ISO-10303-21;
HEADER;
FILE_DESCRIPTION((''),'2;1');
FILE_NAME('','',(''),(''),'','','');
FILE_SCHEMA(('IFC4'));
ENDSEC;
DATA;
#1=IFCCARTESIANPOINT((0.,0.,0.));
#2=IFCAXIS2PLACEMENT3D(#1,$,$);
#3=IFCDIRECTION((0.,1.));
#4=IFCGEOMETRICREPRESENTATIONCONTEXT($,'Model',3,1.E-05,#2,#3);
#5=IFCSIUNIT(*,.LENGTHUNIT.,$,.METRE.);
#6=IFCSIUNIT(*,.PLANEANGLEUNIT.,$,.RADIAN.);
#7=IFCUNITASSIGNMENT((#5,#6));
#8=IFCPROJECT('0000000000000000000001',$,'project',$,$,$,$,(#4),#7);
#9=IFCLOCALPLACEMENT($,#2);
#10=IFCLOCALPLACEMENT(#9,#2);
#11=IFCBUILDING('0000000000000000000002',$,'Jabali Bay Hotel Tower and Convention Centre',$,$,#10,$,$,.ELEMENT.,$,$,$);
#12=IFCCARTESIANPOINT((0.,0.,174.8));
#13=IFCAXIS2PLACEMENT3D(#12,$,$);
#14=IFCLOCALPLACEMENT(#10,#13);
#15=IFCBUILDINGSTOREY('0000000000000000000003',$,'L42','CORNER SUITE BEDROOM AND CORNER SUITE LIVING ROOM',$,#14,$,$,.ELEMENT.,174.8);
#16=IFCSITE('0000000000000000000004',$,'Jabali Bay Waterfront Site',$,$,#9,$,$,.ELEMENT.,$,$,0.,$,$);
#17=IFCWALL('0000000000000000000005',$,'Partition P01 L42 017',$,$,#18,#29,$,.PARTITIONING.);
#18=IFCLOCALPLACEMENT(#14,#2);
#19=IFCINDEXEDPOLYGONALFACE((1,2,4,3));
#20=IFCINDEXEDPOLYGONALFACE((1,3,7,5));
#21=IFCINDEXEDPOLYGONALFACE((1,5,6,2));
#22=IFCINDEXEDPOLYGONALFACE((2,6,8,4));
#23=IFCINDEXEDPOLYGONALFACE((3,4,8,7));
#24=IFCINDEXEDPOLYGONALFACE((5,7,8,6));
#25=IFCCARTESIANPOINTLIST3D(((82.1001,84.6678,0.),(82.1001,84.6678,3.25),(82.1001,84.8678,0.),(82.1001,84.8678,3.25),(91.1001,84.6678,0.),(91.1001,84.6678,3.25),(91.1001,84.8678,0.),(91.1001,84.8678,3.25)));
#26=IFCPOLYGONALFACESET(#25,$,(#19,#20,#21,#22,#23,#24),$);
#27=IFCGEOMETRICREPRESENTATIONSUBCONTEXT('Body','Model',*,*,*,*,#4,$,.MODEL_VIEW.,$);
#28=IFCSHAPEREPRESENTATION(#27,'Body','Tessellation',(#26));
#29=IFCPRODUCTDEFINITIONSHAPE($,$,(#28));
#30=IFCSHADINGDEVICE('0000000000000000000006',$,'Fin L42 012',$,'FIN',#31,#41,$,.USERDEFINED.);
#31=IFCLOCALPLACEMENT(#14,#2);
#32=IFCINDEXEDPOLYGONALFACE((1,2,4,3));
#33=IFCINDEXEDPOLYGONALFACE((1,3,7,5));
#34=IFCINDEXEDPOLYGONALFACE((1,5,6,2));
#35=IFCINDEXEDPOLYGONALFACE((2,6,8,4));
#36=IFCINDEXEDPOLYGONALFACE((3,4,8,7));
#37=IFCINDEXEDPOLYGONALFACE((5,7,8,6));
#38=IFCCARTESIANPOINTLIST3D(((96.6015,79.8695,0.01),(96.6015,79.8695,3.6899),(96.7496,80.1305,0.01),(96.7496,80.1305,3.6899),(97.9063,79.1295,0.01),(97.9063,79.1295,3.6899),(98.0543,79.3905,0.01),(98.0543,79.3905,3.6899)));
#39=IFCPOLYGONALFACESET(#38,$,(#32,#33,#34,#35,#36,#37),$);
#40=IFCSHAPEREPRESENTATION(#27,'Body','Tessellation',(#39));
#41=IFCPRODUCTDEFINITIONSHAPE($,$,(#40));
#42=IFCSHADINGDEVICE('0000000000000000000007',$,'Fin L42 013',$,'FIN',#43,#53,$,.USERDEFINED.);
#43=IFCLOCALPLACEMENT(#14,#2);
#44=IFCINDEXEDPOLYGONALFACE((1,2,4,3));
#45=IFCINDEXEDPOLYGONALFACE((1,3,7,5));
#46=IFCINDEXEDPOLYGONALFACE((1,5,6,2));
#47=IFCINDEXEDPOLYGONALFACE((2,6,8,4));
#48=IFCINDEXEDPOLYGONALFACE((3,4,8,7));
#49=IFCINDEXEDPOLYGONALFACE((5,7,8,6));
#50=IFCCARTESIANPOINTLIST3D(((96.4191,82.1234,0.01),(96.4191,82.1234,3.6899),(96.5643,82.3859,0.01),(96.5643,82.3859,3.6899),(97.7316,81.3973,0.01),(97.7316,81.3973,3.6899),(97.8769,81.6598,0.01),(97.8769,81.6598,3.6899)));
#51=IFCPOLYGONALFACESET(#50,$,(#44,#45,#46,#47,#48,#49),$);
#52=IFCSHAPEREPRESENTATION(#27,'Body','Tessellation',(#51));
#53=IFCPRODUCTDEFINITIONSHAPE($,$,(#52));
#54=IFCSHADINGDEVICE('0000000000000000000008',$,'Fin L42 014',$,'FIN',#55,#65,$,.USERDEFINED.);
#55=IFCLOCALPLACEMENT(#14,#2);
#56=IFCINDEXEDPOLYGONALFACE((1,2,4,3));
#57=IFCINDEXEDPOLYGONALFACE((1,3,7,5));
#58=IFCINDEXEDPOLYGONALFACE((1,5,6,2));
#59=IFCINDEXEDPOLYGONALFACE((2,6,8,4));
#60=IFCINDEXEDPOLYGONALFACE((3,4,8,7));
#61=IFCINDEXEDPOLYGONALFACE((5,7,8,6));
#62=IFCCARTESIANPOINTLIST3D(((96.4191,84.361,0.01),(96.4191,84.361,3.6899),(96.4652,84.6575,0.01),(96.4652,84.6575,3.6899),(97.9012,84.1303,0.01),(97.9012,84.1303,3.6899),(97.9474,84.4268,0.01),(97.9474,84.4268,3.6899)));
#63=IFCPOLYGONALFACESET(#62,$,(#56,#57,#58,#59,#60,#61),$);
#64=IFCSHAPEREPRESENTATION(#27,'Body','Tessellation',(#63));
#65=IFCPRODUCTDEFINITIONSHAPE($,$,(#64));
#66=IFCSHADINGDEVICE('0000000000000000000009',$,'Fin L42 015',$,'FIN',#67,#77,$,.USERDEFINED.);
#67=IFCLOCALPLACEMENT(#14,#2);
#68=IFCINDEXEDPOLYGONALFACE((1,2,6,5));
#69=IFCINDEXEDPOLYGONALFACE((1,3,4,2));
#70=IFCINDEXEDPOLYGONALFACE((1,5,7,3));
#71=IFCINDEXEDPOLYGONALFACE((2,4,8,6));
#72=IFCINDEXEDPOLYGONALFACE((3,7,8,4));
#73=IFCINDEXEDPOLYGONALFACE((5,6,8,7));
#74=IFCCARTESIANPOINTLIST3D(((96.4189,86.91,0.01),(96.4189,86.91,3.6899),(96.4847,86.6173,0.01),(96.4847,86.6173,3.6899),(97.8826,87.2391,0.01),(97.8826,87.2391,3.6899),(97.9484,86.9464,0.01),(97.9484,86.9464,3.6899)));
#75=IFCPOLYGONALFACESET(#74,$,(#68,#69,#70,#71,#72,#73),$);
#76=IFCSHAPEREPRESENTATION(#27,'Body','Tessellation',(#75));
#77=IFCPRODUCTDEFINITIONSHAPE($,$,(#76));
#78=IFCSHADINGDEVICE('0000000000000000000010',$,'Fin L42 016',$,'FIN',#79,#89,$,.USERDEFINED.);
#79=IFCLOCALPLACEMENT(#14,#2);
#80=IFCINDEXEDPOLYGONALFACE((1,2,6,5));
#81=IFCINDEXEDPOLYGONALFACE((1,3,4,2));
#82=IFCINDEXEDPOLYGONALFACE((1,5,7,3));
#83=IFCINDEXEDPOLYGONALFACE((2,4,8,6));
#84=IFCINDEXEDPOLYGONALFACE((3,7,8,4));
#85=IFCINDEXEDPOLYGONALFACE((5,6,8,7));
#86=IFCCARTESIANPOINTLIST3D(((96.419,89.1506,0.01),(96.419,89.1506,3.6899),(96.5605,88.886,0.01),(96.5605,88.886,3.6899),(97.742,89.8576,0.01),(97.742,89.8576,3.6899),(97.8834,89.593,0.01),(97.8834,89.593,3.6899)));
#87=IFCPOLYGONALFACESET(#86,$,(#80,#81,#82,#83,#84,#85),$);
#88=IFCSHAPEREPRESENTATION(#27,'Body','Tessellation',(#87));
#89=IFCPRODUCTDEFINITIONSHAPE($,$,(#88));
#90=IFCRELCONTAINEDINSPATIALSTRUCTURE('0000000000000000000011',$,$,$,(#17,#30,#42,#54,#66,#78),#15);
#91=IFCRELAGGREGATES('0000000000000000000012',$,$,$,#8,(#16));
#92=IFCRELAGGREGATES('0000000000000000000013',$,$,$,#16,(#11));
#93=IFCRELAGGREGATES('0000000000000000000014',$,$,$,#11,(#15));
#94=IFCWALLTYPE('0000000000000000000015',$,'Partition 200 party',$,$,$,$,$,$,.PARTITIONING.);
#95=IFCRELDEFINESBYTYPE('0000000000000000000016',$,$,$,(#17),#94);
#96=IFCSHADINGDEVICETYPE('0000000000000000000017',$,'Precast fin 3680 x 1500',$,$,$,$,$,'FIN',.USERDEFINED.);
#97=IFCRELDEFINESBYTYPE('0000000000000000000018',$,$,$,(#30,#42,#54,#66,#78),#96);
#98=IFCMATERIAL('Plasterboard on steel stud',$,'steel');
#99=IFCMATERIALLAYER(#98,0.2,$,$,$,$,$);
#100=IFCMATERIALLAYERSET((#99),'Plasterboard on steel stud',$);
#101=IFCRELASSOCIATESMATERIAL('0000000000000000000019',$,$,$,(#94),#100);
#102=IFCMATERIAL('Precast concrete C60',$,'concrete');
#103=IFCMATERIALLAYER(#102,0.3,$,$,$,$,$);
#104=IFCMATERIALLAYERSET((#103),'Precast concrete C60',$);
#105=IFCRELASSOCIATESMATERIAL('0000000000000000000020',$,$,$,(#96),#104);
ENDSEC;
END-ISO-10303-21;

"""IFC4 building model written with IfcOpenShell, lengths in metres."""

from ifc_helpers import new_model, si_unit, direction, frame, frame_2d, origin, place, context, subcontext, project, spatial, rectangle, extrude, material, layer, layer_set, type_object, element, save


model = new_model("IFC4")

# Units and contexts
model_context = context("Model", 3, precision=1e-05, world=origin(), true_north=direction((0.0, 1.0)))
body_context = subcontext(model_context, "Body", "Model", "MODEL_VIEW")
ifc_project = project(units=[si_unit("LENGTHUNIT", "METRE"), si_unit("PLANEANGLEUNIT", "RADIAN")], contexts=[model_context])

# Site, building, storey
site_placement = place(None, origin())
site = spatial("IfcSite", under=ifc_project, at=site_placement, Name="Jabali Bay Waterfront Site", CompositionType="ELEMENT", RefElevation=0.0)
building_placement = place(site_placement, origin())
building = spatial("IfcBuilding", under=site, at=building_placement, Name="Jabali Bay Hotel Tower and Convention Centre", CompositionType="ELEMENT")
storey_placement = place(building_placement, frame((0.0, 0.0, 174.8)))
storey = spatial("IfcBuildingStorey", under=building, at=storey_placement, Name="L42", Description="CORNER SUITE BEDROOM AND CORNER SUITE LIVING ROOM", CompositionType="ELEMENT", Elevation=174.8)

# Shared definitions
ifc_material_1 = material(Name="Plasterboard on steel stud", Category="steel")

# Shared definitions
ifc_layer_1 = layer(ifc_material_1, 0.2)
ifc_layer_set_1 = layer_set([ifc_layer_1], Name="Plasterboard on steel stud")
wall_type_1 = type_object("IfcWallType", Name="Partition 200 party", PredefinedType="PARTITIONING", material=ifc_layer_set_1)

# Wall
wall_1_placement = place(storey_placement, frame((91.1001, 84.7678, 0.0), z_axis=(0.0, 0.0, 1.0), x_axis=(-1.0, 0.0, 0.0)))
element("IfcWall", 1, at=wall_1_placement, inside=storey, type_object=wall_type_1, Name="Partition P01 L42 017", PredefinedType="PARTITIONING", context=body_context, shape_type="SweptSolid", body=[
    extrude(rectangle(XDim=9.0, YDim=0.2, at=frame_2d((4.5, 0.0))), origin(), (0.0, 0.0, 1.0), 3.25),
])

# Shading devices
ifc_material_2 = material(Name="Precast concrete C60", Category="concrete")
ifc_layer_2 = layer(ifc_material_2, 0.3)
ifc_layer_set_2 = layer_set([ifc_layer_2], Name="Precast concrete C60")
shading_device_type = type_object("IfcShadingDeviceType", Name="Precast fin 3680 x 1500", ElementType="FIN", PredefinedType="USERDEFINED", material=ifc_layer_set_2)
for number, where, z_axis, x_axis, name in (
    (2, (96.6755, 80.0, 0.01), (0.0, 0.0, 1.0), (0.869831, -0.493349, 0.0), "Fin L42 012"),
    (3, (96.4917, 82.2546, 0.01), (0.0, 0.0, 1.0), (0.875031, -0.484067, 0.0), "Fin L42 013"),
    (4, (96.4421, 84.5093, 0.01), (0.0, 0.0, 1.0), (0.988101, -0.153806, 0.0), "Fin L42 014"),
):
    element("IfcShadingDevice", number, at=place(storey_placement, frame(where, z_axis=z_axis, x_axis=x_axis)), inside=storey, type_object=shading_device_type, Name=name, ObjectType="FIN", PredefinedType="USERDEFINED", context=body_context, shape_type="SweptSolid", body=[
        extrude(rectangle(XDim=1.5, YDim=0.3, at=frame_2d((0.75, 0.0))), origin(), (0.0, 0.0, 1.0), 3.6799),
    ])
shading_device_1_placement = place(storey_placement, frame((96.4519, 86.7637, 0.01), z_axis=(0.0, 0.0, 1.0), x_axis=(0.97564, 0.219377, 0.0)))
element("IfcShadingDevice", 5, at=shading_device_1_placement, inside=storey, type_object=shading_device_type, Name="Fin L42 015", ObjectType="FIN", PredefinedType="USERDEFINED", context=body_context, shape_type="SweptSolid", body=[
    extrude(rectangle(XDim=1.5002, YDim=0.3, at=frame_2d((0.75, 0.0))), origin(), (0.0, 0.0, 1.0), 3.6799),
])
shading_device_2_placement = place(storey_placement, frame((96.4897, 89.0183, 0.01), z_axis=(0.0, 0.0, 1.0), x_axis=(0.881956, 0.471331, 0.0)))
element("IfcShadingDevice", 6, at=shading_device_2_placement, inside=storey, type_object=shading_device_type, Name="Fin L42 016", ObjectType="FIN", PredefinedType="USERDEFINED", context=body_context, shape_type="SweptSolid", body=[
    extrude(rectangle(XDim=1.5, YDim=0.3, at=frame_2d((0.75, 0.0))), origin(), (0.0, 0.0, 1.0), 3.6799),
])

save(model, "model.ifc")
